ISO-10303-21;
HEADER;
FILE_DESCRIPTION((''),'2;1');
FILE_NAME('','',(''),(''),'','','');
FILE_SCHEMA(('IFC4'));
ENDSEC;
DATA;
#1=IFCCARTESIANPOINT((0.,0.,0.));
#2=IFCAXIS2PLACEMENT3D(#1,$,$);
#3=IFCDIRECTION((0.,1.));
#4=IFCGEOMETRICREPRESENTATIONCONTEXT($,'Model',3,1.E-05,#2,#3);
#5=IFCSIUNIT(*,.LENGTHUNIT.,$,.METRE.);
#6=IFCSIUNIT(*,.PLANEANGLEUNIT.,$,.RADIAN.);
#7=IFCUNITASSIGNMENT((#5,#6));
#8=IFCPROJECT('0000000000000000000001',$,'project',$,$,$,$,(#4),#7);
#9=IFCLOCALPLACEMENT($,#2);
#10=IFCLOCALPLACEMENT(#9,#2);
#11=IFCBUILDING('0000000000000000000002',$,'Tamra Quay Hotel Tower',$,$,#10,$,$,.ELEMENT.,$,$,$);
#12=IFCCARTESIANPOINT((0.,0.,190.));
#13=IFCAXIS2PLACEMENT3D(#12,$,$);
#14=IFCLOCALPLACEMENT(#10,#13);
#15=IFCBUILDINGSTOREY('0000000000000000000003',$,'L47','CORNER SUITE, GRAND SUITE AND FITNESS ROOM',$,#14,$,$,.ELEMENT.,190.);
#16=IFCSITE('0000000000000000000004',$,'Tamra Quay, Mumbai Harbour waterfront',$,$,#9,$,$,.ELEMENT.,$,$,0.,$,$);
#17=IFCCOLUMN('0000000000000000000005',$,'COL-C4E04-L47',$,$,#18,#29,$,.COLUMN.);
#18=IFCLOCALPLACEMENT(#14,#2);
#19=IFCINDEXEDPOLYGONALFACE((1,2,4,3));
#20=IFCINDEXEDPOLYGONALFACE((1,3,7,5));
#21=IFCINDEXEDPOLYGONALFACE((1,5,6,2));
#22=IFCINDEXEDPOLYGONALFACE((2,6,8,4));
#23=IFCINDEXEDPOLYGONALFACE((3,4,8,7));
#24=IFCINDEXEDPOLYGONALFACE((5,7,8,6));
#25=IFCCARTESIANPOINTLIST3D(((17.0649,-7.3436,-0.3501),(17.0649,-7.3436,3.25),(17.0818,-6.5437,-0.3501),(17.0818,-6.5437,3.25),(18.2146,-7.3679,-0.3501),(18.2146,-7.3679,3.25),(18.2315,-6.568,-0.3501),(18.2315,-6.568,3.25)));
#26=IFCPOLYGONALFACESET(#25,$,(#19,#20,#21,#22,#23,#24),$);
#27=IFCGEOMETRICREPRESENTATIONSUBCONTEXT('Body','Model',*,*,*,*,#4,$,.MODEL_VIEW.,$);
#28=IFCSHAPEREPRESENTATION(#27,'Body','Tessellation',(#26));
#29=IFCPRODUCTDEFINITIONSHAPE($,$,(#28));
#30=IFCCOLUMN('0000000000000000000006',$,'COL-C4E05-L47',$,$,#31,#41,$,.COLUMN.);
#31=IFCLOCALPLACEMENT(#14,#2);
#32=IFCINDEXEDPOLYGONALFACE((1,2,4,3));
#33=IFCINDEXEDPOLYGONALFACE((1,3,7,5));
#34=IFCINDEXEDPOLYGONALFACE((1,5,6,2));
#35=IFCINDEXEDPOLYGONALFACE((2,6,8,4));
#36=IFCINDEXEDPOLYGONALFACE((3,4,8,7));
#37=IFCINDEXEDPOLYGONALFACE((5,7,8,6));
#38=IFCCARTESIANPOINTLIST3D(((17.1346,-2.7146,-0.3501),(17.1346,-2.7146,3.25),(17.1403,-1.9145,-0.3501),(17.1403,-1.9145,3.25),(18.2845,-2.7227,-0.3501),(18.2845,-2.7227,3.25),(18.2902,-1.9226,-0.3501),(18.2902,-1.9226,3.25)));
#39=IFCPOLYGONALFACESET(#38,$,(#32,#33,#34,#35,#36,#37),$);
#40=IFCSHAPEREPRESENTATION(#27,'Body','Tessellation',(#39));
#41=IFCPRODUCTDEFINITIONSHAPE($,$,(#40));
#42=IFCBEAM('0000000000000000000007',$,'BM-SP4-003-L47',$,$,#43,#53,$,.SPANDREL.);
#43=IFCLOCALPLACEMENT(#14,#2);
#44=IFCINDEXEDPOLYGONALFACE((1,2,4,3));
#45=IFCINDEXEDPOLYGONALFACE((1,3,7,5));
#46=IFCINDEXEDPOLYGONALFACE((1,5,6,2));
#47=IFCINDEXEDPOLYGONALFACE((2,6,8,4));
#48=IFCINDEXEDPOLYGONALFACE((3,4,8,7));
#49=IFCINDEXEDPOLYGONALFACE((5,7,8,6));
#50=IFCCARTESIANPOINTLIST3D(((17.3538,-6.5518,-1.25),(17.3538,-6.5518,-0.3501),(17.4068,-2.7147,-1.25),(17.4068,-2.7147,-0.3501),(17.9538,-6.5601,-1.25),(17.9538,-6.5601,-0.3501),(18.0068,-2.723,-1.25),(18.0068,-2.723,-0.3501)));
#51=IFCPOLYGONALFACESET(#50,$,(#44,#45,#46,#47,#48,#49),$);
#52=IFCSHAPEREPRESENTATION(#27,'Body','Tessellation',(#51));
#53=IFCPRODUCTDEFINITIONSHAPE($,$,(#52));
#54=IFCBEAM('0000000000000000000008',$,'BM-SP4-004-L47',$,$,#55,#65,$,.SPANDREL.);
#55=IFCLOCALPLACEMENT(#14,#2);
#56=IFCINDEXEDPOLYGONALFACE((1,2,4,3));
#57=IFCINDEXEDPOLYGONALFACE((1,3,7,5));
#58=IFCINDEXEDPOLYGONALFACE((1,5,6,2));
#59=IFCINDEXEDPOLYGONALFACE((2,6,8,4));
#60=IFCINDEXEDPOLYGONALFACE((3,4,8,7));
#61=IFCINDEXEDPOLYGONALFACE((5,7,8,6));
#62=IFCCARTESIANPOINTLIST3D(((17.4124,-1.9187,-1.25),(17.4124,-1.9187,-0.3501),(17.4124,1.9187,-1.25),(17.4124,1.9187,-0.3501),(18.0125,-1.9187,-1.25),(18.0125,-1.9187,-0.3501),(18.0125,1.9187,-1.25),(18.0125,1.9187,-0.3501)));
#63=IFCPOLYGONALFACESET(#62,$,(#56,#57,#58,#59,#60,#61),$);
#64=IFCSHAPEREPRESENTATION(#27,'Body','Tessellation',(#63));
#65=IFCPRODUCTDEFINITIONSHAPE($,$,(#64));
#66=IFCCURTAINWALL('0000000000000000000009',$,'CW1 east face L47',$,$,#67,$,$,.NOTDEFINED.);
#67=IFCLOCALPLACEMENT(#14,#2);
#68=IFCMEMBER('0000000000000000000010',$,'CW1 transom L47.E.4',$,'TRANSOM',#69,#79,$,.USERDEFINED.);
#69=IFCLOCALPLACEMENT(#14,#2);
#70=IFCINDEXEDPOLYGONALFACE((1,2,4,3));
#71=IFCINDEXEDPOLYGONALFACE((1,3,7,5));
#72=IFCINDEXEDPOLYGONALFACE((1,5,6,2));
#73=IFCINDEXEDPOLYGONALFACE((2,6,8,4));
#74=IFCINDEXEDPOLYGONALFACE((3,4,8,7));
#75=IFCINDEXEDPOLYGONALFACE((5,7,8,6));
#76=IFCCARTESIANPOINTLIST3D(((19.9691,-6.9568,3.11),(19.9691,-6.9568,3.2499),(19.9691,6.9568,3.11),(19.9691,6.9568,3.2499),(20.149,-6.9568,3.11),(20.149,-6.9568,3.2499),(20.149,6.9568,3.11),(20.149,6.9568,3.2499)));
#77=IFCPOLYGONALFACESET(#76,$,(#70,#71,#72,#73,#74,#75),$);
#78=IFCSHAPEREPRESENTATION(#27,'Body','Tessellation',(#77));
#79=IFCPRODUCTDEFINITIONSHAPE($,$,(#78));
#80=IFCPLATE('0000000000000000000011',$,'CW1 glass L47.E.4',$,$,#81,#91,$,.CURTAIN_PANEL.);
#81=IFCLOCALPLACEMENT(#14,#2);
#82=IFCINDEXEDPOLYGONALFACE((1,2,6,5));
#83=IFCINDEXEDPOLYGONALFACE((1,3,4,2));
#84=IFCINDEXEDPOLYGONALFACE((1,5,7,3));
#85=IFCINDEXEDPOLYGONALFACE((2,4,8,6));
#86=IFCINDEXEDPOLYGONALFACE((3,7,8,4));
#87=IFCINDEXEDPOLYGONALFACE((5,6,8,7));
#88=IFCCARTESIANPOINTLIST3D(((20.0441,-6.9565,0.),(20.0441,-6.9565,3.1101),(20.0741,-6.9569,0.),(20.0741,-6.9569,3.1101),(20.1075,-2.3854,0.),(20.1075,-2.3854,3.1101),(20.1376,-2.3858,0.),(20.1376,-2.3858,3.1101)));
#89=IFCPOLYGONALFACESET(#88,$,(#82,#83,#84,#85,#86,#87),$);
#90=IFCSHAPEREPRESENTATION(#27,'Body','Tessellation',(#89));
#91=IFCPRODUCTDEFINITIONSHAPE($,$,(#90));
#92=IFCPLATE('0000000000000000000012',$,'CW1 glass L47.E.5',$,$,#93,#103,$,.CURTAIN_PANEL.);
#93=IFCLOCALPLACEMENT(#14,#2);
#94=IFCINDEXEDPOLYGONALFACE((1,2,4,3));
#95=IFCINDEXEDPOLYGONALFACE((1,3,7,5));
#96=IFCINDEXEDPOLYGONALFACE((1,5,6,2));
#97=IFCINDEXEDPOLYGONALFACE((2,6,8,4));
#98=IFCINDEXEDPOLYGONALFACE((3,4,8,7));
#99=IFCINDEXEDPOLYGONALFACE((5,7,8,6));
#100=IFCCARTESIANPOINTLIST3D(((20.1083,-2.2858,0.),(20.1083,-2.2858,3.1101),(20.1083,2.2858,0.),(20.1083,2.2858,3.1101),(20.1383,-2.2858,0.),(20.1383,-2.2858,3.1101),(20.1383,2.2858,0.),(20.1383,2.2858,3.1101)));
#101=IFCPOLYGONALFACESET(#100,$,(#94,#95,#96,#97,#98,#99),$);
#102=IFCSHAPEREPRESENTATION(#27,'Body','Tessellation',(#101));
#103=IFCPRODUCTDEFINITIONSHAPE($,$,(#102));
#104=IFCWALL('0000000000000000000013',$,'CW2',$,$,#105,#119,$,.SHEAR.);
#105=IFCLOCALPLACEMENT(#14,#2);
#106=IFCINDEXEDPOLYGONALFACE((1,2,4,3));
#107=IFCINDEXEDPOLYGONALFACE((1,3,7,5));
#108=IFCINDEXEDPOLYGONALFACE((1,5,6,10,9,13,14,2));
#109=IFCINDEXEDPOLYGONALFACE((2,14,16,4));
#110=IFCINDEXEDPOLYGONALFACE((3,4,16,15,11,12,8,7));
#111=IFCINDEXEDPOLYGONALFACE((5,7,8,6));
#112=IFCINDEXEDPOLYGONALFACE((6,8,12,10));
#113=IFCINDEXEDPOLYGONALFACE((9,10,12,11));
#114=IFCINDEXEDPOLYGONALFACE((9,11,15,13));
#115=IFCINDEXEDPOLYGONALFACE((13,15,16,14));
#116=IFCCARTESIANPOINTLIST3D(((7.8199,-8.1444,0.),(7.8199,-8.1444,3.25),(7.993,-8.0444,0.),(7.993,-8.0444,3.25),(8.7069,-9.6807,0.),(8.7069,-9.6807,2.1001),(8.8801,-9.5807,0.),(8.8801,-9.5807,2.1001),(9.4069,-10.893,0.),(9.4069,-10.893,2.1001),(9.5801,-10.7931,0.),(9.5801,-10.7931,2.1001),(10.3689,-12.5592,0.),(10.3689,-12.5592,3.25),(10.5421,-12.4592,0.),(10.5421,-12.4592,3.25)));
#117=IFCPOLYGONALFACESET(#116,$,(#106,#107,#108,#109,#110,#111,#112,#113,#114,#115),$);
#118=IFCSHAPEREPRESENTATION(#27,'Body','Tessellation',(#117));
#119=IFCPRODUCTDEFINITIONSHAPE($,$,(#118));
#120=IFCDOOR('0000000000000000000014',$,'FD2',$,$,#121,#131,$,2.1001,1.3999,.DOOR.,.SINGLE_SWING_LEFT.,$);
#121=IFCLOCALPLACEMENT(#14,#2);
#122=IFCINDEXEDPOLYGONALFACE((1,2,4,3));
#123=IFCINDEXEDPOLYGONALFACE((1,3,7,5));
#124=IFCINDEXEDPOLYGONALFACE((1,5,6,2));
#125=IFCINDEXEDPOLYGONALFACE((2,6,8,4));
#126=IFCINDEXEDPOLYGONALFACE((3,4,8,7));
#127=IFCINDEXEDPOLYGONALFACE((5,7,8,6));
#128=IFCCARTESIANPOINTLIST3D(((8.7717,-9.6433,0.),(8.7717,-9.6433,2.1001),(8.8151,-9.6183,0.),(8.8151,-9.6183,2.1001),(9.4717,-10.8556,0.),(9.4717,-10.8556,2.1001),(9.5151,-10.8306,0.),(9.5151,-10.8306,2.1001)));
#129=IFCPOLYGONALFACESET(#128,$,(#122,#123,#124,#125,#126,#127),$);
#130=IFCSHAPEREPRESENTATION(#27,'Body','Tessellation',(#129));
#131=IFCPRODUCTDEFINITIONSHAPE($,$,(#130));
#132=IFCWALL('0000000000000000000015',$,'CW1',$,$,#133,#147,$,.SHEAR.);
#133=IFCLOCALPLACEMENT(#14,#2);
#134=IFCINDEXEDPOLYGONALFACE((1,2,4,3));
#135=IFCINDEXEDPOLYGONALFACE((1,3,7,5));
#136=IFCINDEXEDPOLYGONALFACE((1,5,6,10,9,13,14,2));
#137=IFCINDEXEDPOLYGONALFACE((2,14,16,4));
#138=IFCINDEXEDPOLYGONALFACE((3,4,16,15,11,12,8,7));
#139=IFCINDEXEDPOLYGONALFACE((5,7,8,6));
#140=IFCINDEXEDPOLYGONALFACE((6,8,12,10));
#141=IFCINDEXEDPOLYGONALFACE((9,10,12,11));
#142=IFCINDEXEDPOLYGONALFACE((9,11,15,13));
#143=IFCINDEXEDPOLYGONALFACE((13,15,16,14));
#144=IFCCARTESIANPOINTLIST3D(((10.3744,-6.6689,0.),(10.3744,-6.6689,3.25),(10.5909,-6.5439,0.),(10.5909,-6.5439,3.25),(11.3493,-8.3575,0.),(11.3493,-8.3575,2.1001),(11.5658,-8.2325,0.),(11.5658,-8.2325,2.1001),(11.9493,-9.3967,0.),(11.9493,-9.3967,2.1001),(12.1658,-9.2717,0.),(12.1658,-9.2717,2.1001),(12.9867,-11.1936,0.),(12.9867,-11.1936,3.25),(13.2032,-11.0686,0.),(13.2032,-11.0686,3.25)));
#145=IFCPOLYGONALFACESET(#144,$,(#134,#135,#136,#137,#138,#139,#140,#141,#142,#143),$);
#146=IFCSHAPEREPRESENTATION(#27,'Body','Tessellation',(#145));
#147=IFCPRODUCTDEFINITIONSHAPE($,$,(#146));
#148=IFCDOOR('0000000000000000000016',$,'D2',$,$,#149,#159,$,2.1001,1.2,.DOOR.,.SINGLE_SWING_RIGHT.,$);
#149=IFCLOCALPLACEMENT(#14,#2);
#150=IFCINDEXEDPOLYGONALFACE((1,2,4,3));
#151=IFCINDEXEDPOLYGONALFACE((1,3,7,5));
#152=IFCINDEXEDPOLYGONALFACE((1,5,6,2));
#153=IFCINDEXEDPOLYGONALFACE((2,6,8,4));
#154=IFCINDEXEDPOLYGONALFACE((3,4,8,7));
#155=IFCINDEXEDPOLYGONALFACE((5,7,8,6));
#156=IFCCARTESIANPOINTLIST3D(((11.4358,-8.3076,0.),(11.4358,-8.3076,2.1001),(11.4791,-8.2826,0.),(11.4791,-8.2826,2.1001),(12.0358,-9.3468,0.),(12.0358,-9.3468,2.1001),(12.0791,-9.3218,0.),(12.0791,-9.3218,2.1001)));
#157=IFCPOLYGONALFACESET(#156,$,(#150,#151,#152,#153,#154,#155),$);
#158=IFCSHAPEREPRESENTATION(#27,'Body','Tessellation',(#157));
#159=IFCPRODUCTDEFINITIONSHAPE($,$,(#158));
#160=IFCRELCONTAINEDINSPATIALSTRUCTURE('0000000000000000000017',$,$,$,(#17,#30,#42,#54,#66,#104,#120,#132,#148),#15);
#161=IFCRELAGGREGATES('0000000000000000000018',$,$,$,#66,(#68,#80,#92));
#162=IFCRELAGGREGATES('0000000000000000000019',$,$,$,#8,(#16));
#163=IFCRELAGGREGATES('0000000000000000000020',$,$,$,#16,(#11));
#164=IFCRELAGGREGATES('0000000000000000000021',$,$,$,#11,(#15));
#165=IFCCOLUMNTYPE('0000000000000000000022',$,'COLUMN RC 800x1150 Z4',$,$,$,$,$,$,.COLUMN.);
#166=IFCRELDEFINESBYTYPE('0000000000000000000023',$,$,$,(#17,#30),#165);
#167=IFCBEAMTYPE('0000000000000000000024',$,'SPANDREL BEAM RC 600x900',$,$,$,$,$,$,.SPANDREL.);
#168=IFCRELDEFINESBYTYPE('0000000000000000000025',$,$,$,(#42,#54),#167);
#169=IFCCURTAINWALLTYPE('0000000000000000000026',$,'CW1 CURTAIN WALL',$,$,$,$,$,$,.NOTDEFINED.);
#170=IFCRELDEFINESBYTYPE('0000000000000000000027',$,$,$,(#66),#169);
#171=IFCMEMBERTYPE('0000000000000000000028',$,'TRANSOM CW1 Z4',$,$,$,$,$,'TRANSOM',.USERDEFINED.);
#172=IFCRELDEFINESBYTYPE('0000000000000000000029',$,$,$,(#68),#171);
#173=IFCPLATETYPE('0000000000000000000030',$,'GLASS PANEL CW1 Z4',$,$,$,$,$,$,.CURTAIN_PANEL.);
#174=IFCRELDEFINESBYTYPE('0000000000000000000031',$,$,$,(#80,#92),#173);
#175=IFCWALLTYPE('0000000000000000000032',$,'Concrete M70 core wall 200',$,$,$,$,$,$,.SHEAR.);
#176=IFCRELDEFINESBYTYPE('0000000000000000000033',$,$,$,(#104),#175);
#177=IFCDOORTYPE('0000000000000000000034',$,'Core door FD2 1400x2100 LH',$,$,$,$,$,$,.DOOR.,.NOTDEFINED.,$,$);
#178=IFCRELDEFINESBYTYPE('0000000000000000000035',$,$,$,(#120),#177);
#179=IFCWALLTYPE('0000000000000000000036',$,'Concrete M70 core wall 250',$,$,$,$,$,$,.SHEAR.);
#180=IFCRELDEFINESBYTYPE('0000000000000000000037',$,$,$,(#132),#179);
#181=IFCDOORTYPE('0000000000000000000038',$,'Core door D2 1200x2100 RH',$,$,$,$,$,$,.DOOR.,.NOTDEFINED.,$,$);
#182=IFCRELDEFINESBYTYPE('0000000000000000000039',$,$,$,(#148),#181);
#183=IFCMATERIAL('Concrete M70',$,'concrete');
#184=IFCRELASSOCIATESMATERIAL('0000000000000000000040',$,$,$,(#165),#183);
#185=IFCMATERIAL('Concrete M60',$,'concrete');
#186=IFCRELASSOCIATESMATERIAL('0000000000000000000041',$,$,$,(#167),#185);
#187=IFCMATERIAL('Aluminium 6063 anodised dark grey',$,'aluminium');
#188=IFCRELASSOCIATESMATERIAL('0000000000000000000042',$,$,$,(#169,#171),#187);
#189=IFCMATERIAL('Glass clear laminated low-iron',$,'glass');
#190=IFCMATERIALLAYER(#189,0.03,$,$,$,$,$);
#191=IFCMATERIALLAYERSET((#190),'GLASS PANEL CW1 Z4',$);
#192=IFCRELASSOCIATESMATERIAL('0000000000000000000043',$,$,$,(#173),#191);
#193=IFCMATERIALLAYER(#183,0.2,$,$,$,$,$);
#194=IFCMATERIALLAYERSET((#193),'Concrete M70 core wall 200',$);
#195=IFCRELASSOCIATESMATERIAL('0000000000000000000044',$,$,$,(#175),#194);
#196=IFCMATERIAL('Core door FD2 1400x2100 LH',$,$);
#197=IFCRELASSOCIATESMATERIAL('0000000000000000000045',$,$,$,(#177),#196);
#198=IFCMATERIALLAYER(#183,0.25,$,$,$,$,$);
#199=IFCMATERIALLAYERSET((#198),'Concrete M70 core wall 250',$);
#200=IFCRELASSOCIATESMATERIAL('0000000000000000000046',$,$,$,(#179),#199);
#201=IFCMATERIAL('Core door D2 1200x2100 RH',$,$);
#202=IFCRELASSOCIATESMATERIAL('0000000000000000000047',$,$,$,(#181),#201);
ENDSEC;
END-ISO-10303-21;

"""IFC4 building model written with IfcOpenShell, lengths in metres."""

from ifc_helpers import new_model, si_unit, direction, frame, frame_2d, origin, origin_2d, place, context, subcontext, project, spatial, rectangle, extrude, material, layer, layer_set, material_profile, profile_set, type_object, element, fill, aggregate, save


model = new_model("IFC4")

# Units and contexts
model_context = context("Model", 3, precision=1e-05, world=origin(), true_north=direction((0.0, 1.0)))
body_context = subcontext(model_context, "Body", "Model", "MODEL_VIEW")
ifc_project = project(units=[si_unit("LENGTHUNIT", "METRE"), si_unit("PLANEANGLEUNIT", "RADIAN")], contexts=[model_context])

# Site, building, storey
site_placement = place(None, origin())
site = spatial("IfcSite", under=ifc_project, at=site_placement, Name="Tamra Quay, Mumbai Harbour waterfront", CompositionType="ELEMENT", RefElevation=0.0)
building_placement = place(site_placement, origin())
building = spatial("IfcBuilding", under=site, at=building_placement, Name="Tamra Quay Hotel Tower", CompositionType="ELEMENT")
storey_placement = place(building_placement, frame((0.0, 0.0, 190.0)))
storey = spatial("IfcBuildingStorey", under=building, at=storey_placement, Name="L47", Description="CORNER SUITE, GRAND SUITE AND FITNESS ROOM", CompositionType="ELEMENT", Elevation=190.0)

# Columns
ifc_material_1 = material(Name="Concrete M70", Category="concrete")
ifc_material_profile_1 = material_profile(ifc_material_1, rectangle(XDim=1.1499, YDim=0.8, at=origin_2d()), Name="COLUMN RC 800x1150 Z4")
ifc_profile_set_1 = profile_set([ifc_material_profile_1], Name="Concrete M70")
column_type = type_object("IfcColumnType", Name="COLUMN RC 800x1150 Z4", PredefinedType="COLUMN", material=ifc_profile_set_1)
for number, where, z_axis, x_axis, name in (
    (1, (17.6482, -6.9558, -0.3501), (0.0, 0.0, 1.0), (-0.999777, 0.021115, 0.0), "COL-C4E04-L47"),
    (2, (17.7124, -2.3186, -0.3501), (0.0, 0.0, 1.0), (-0.999975, 0.007041, 0.0), "COL-C4E05-L47"),
):
    element("IfcColumn", number, at=place(storey_placement, frame(where, z_axis=z_axis, x_axis=x_axis)), inside=storey, type_object=column_type, Name=name, PredefinedType="COLUMN", context=body_context, shape_type="SweptSolid", body=[
        extrude(rectangle(XDim=1.1499, YDim=0.8, at=origin_2d()), origin(), (0.0, 0.0, 1.0), 3.6001),
    ])

# Beams
ifc_material_2 = material(Name="Concrete M60", Category="concrete")
ifc_material_profile_2 = material_profile(ifc_material_2, rectangle(XDim=0.6001, YDim=0.8999, at=origin_2d()), Name="SPANDREL BEAM RC 600x900")
ifc_profile_set_2 = profile_set([ifc_material_profile_2], Name="Concrete M60")
beam_type = type_object("IfcBeamType", Name="SPANDREL BEAM RC 600x900", PredefinedType="SPANDREL", material=ifc_profile_set_2)
for number, where, z_axis, x_axis, name in (
    (3, (17.6538, -6.5559, -0.8), (0.013805, 0.999905, 0.0), (-0.999905, 0.013805, 0.0), "BM-SP4-003-L47"),
    (4, (17.7124, -1.9187, -0.8), (0.0, 1.0, 0.0), (-1.0, 0.0, 0.0), "BM-SP4-004-L47"),
):
    element("IfcBeam", number, at=place(storey_placement, frame(where, z_axis=z_axis, x_axis=x_axis)), inside=storey, type_object=beam_type, Name=name, PredefinedType="SPANDREL", context=body_context, shape_type="SweptSolid", body=[
        extrude(rectangle(XDim=0.6001, YDim=0.8999, at=origin_2d()), origin(), (0.0, 0.0, 1.0), 3.8374),
    ])

# Curtain wall, member, plates
ifc_material_3 = material(Name="Aluminium 6063 anodised dark grey", Category="aluminium")
curtain_wall_type = type_object("IfcCurtainWallType", Name="CW1 CURTAIN WALL", PredefinedType="NOTDEFINED", material=ifc_material_3)
curtain_wall_placement = place(storey_placement, origin())
curtain_wall = element("IfcCurtainWall", 5, at=curtain_wall_placement, inside=storey, type_object=curtain_wall_type, Name="CW1 east face L47", PredefinedType="NOTDEFINED")
ifc_material_profile_3 = material_profile(ifc_material_3, rectangle(XDim=0.1799, YDim=0.1399, at=origin_2d()), Name="TRANSOM 180X140")
ifc_profile_set_3 = profile_set([ifc_material_profile_3], Name="Aluminium 6063 anodised dark grey")
member_type = type_object("IfcMemberType", Name="TRANSOM CW1 Z4", ElementType="TRANSOM", PredefinedType="USERDEFINED", material=ifc_profile_set_3)
member_placement = place(storey_placement, frame((20.0591, -6.9568, 3.1799), z_axis=(0.0, 1.0, 0.0), x_axis=(-1.0, 0.0, 0.0)))
member = element("IfcMember", 6, at=member_placement, type_object=member_type, Name="CW1 transom L47.E.4", ObjectType="TRANSOM", PredefinedType="USERDEFINED", context=body_context, shape_type="SweptSolid", body=[
    extrude(rectangle(XDim=0.1799, YDim=0.1399, at=origin_2d()), origin(), (0.0, 0.0, 1.0), 13.9136),
])
ifc_material_4 = material(Name="Glass clear laminated low-iron", Category="glass")
ifc_layer_1 = layer(ifc_material_4, 0.03)
ifc_layer_set_1 = layer_set([ifc_layer_1], Name="GLASS PANEL CW1 Z4")
plate_type = type_object("IfcPlateType", Name="GLASS PANEL CW1 Z4", PredefinedType="CURTAIN_PANEL", material=ifc_layer_set_1)
plate_1_placement = place(storey_placement, frame((20.0908, -4.6711, 0.0), z_axis=(0.0, 0.0, 1.0), x_axis=(0.013886, 0.999904, 0.0)))
plate_1 = element("IfcPlate", 7, at=plate_1_placement, type_object=plate_type, Name="CW1 glass L47.E.4", PredefinedType="CURTAIN_PANEL", context=body_context, shape_type="SweptSolid", body=[
    extrude(rectangle(XDim=4.5715, YDim=0.03, at=origin_2d()), origin(), (0.0, 0.0, 1.0), 3.1101),
])
plate_2_placement = place(storey_placement, frame((20.1233, 0.0, 0.0), z_axis=(0.0, 0.0, 1.0), x_axis=(0.0, 1.0, 0.0)))
plate_2 = element("IfcPlate", 8, at=plate_2_placement, type_object=plate_type, Name="CW1 glass L47.E.5", PredefinedType="CURTAIN_PANEL", context=body_context, shape_type="SweptSolid", body=[
    extrude(rectangle(XDim=4.5715, YDim=0.03, at=origin_2d()), origin(), (0.0, 0.0, 1.0), 3.1101),
])
aggregate(curtain_wall, [member, plate_1, plate_2])

# Walls, openings, doors
ifc_layer_2 = layer(ifc_material_1, 0.2)
ifc_layer_set_2 = layer_set([ifc_layer_2], Name="Concrete M70 core wall 200")
wall_type_1 = type_object("IfcWallType", Name="Concrete M70 core wall 200", PredefinedType="SHEAR", material=ifc_layer_set_2)
wall_1_placement = place(storey_placement, frame((7.9065, -8.0945, 0.0), z_axis=(0.0, 0.0, 1.0), x_axis=(0.500028, -0.866009, 0.0)))
wall_1 = element("IfcWall", 9, at=wall_1_placement, inside=storey, type_object=wall_type_1, Name="CW2", PredefinedType="SHEAR", context=body_context, shape_type="SweptSolid", body=[
    extrude(rectangle(XDim=5.0979, YDim=0.2, at=frame_2d((2.5488, 0.0))), origin(), (0.0, 0.0, 1.0), 3.25),
])
opening_1_placement = place(wall_1_placement, frame((1.7739, 0.0, 0.0)))
opening_1 = element("IfcOpeningElement", 10, at=opening_1_placement, cuts=wall_1, PredefinedType="OPENING", context=body_context, shape_type="SweptSolid", body=[
    extrude(rectangle(XDim=1.3999, YDim=2.1001, at=frame_2d((0.7, 1.05))), frame((0.0, 0.1099, 0.0), z_axis=(0.0, -1.0, 0.0), x_axis=(1.0, 0.0, 0.0)), (0.0, 0.0, 1.0), 0.22),
])
ifc_material_5 = material(Name="Core door FD2 1400x2100 LH")
door_type_1 = type_object("IfcDoorType", Name="Core door FD2 1400x2100 LH", OperationType="NOTDEFINED", PredefinedType="DOOR", material=ifc_material_5)
door_1_placement = place(opening_1_placement, origin())
door_1 = element("IfcDoor", 11, at=door_1_placement, inside=storey, type_object=door_type_1, Name="FD2", OperationType="SINGLE_SWING_LEFT", OverallHeight=2.1001, OverallWidth=1.3999, PredefinedType="DOOR", context=body_context, shape_type="SweptSolid", body=[
    extrude(rectangle(XDim=1.3999, YDim=2.1001, at=frame_2d((0.7, 1.05))), frame((0.0, 0.0249, 0.0), z_axis=(0.0, -1.0, 0.0), x_axis=(1.0, 0.0, 0.0)), (0.0, 0.0, 1.0), 0.05),
])
fill(opening_1, door_1)
ifc_layer_3 = layer(ifc_material_1, 0.25)
ifc_layer_set_3 = layer_set([ifc_layer_3], Name="Concrete M70 core wall 250")
wall_type_2 = type_object("IfcWallType", Name="Concrete M70 core wall 250", PredefinedType="SHEAR", material=ifc_layer_set_3)
wall_2_placement = place(storey_placement, frame((10.4827, -6.6064, 0.0), z_axis=(0.0, 0.0, 1.0), x_axis=(0.499999, -0.866026, 0.0)))
wall_2 = element("IfcWall", 12, at=wall_2_placement, inside=storey, type_object=wall_type_2, Name="CW1", PredefinedType="SHEAR", context=body_context, shape_type="SweptSolid", body=[
    extrude(rectangle(XDim=5.2246, YDim=0.25, at=frame_2d((2.6123, 0.0))), origin(), (0.0, 0.0, 1.0), 3.25),
])
opening_2_placement = place(wall_2_placement, frame((1.9497, 0.0, 0.0)))
opening_2 = element("IfcOpeningElement", 13, at=opening_2_placement, cuts=wall_2, PredefinedType="OPENING", context=body_context, shape_type="SweptSolid", body=[
    extrude(rectangle(XDim=1.2, YDim=2.1001, at=frame_2d((0.6001, 1.05))), frame((0.0, 0.135, 0.0), z_axis=(0.0, -1.0, 0.0), x_axis=(1.0, 0.0, 0.0)), (0.0, 0.0, 1.0), 0.27),
])
ifc_material_6 = material(Name="Core door D2 1200x2100 RH")
door_type_2 = type_object("IfcDoorType", Name="Core door D2 1200x2100 RH", OperationType="NOTDEFINED", PredefinedType="DOOR", material=ifc_material_6)
door_2_placement = place(opening_2_placement, origin())
door_2 = element("IfcDoor", 14, at=door_2_placement, inside=storey, type_object=door_type_2, Name="D2", OperationType="SINGLE_SWING_RIGHT", OverallHeight=2.1001, OverallWidth=1.2, PredefinedType="DOOR", context=body_context, shape_type="SweptSolid", body=[
    extrude(rectangle(XDim=1.2, YDim=2.1001, at=frame_2d((0.6001, 1.05))), frame((0.0, 0.0249, 0.0), z_axis=(0.0, -1.0, 0.0), x_axis=(1.0, 0.0, 0.0)), (0.0, 0.0, 1.0), 0.05),
])
fill(opening_2, door_2)

save(model, "model.ifc")
